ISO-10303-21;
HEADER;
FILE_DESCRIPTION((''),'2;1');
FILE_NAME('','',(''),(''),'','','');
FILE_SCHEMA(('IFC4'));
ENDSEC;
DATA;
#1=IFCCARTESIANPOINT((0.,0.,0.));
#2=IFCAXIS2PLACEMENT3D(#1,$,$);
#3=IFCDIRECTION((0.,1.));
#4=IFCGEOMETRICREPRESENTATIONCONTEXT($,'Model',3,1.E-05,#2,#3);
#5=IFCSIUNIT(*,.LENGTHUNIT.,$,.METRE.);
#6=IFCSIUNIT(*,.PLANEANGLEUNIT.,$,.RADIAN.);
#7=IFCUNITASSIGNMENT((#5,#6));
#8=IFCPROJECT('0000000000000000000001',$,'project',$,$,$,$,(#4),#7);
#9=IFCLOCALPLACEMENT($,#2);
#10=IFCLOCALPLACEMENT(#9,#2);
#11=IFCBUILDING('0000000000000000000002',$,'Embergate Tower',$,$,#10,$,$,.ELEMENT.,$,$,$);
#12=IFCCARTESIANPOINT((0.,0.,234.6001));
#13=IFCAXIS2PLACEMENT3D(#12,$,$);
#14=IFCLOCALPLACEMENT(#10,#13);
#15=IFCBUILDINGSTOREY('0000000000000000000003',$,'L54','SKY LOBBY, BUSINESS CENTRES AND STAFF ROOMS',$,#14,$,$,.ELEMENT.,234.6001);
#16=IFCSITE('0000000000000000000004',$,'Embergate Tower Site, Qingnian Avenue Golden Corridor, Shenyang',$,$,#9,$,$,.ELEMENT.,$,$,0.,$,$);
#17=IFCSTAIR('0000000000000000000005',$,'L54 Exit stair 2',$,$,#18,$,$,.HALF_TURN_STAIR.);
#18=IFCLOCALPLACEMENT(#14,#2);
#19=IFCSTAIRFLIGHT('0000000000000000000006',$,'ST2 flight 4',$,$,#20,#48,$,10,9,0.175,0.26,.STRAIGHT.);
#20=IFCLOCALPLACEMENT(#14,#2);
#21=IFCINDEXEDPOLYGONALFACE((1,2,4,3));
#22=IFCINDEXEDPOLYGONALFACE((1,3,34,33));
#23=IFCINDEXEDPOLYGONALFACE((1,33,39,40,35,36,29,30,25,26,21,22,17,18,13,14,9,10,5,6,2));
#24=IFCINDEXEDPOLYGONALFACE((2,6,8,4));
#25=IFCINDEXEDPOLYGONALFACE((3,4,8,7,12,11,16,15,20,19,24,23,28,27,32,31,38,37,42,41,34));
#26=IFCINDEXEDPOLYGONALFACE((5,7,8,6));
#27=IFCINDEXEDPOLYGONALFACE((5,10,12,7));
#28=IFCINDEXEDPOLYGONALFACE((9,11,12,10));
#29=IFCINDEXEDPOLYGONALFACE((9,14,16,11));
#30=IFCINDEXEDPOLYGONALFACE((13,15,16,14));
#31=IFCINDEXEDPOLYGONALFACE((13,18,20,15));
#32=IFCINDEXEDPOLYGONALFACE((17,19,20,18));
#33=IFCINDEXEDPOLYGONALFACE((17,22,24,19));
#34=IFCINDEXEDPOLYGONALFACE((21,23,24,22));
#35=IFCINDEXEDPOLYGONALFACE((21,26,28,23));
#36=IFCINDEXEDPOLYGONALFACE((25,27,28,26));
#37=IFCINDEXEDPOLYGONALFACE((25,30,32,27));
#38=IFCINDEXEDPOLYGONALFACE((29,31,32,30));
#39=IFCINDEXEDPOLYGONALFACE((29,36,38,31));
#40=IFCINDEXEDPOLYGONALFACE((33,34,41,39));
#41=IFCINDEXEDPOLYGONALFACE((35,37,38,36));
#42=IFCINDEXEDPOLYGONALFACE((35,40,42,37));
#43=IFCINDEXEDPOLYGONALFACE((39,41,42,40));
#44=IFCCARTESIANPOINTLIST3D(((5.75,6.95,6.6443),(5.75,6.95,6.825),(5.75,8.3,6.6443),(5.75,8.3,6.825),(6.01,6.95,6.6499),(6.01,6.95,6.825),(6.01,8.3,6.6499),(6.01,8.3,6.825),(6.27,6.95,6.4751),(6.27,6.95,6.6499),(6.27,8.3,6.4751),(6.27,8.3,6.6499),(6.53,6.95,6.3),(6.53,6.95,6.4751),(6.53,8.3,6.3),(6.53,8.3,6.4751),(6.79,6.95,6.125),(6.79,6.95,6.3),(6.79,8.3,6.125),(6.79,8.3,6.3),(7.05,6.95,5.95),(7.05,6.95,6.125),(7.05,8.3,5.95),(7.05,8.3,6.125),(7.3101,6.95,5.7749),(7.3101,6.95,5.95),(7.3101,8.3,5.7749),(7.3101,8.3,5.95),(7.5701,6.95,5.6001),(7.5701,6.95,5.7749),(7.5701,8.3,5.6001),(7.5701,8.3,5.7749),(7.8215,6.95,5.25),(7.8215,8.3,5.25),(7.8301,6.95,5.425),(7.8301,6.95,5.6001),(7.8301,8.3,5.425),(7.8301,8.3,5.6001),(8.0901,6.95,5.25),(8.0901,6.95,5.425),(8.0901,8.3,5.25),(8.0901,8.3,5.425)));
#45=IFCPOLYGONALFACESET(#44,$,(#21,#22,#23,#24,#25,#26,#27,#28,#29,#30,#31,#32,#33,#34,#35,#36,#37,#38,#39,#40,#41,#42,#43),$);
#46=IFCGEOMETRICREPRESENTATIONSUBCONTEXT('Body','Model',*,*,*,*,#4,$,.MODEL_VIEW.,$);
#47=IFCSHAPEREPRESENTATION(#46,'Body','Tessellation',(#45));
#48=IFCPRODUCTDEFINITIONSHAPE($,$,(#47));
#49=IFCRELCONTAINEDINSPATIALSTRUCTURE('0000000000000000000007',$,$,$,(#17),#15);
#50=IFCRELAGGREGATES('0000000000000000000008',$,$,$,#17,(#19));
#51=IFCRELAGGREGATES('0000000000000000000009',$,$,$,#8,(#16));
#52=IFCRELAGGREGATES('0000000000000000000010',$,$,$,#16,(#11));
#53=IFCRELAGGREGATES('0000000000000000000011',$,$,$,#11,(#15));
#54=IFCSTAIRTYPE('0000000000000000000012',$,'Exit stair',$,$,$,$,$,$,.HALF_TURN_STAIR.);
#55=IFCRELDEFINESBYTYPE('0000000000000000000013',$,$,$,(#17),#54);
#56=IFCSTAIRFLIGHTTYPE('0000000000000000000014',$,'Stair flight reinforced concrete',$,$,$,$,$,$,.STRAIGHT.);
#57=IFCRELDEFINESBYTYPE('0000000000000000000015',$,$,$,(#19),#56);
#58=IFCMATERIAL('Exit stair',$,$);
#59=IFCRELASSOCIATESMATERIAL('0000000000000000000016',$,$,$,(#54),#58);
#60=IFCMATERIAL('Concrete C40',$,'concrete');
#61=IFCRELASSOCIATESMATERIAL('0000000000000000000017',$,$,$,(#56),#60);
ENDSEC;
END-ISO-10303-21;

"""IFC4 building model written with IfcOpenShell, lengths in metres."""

from ifc_helpers import new_model, si_unit, direction, frame, origin, place, context, subcontext, project, spatial, polyline, outline, extrude, source, transform, mapped, material, type_object, element, aggregate, save


model = new_model("IFC4")

# Units and contexts
model_context = context("Model", 3, precision=1e-05, world=origin(), true_north=direction((0.0, 1.0)))
body_context = subcontext(model_context, "Body", "Model", "MODEL_VIEW")
ifc_project = project(units=[si_unit("LENGTHUNIT", "METRE"), si_unit("PLANEANGLEUNIT", "RADIAN")], contexts=[model_context])

# Site, building, storey
site_placement = place(None, origin())
site = spatial("IfcSite", under=ifc_project, at=site_placement, Name="Embergate Tower Site, Qingnian Avenue Golden Corridor, Shenyang", CompositionType="ELEMENT", RefElevation=0.0)
building_placement = place(site_placement, origin())
building = spatial("IfcBuilding", under=site, at=building_placement, Name="Embergate Tower", CompositionType="ELEMENT")
storey_placement = place(building_placement, frame((0.0, 0.0, 234.6001)))
storey = spatial("IfcBuildingStorey", under=building, at=storey_placement, Name="L54", Description="SKY LOBBY, BUSINESS CENTRES AND STAFF ROOMS", CompositionType="ELEMENT", Elevation=234.6001)

# Stair
ifc_material_1 = material(Name="Exit stair")
stair_type = type_object("IfcStairType", Name="Exit stair", PredefinedType="HALF_TURN_STAIR", material=ifc_material_1)
stair_placement = place(storey_placement, origin())
stair = element("IfcStair", 1, at=stair_placement, inside=storey, type_object=stair_type, Name="L54 Exit stair 2", PredefinedType="HALF_TURN_STAIR")
ifc_material_2 = material(Name="Concrete C40", Category="concrete")

# Stair flight
stair_flight_type = type_object("IfcStairFlightType", Name="Stair flight reinforced concrete", PredefinedType="STRAIGHT", material=ifc_material_2)
shared_shape_1 = source(origin(), body_context, "Body", "SweptSolid", [
    extrude(outline(polyline([(0.0, 0.0), (0.0, 0.175), (0.26, 0.175), (0.26, 0.3501), (0.52, 0.3501), (0.52, 0.5249), (0.78, 0.5249), (0.78, 0.7), (1.04, 0.7), (1.04, 0.875), (1.3, 0.875), (1.3, 1.05), (1.5601, 1.05), (1.5601, 1.2251), (1.8201, 1.2251), (1.8201, 1.3999), (2.0801, 1.3999), (2.0801, 1.575), (2.3401, 1.575), (2.3401, 1.75), (2.3401, 1.3943), (0.2686, 0.0), (0.0, 0.0)])), frame((0.0, 0.675, 0.0), z_axis=(0.0, -1.0, 0.0), x_axis=(1.0, 0.0, 0.0)), (0.0, 0.0, 1.0), 1.3501),
])
stair_flight_1_placement = place(storey_placement, frame((8.0901, 7.625, 5.25), z_axis=(0.0, 0.0, 1.0), x_axis=(-1.0, 0.0, 0.0)))
stair_flight_1 = element("IfcStairFlight", 2, at=stair_flight_1_placement, type_object=stair_flight_type, Name="ST2 flight 4", NumberOfRisers=10, NumberOfTreads=9, PredefinedType="STRAIGHT", RiserHeight=0.175, TreadLength=0.26, context=body_context, shape_type="MappedRepresentation", body=[
    mapped(shared_shape_1, transform((0.0, 0.0, 0.0))),
])
aggregate(stair, [stair_flight_1])

save(model, "model.ifc")
